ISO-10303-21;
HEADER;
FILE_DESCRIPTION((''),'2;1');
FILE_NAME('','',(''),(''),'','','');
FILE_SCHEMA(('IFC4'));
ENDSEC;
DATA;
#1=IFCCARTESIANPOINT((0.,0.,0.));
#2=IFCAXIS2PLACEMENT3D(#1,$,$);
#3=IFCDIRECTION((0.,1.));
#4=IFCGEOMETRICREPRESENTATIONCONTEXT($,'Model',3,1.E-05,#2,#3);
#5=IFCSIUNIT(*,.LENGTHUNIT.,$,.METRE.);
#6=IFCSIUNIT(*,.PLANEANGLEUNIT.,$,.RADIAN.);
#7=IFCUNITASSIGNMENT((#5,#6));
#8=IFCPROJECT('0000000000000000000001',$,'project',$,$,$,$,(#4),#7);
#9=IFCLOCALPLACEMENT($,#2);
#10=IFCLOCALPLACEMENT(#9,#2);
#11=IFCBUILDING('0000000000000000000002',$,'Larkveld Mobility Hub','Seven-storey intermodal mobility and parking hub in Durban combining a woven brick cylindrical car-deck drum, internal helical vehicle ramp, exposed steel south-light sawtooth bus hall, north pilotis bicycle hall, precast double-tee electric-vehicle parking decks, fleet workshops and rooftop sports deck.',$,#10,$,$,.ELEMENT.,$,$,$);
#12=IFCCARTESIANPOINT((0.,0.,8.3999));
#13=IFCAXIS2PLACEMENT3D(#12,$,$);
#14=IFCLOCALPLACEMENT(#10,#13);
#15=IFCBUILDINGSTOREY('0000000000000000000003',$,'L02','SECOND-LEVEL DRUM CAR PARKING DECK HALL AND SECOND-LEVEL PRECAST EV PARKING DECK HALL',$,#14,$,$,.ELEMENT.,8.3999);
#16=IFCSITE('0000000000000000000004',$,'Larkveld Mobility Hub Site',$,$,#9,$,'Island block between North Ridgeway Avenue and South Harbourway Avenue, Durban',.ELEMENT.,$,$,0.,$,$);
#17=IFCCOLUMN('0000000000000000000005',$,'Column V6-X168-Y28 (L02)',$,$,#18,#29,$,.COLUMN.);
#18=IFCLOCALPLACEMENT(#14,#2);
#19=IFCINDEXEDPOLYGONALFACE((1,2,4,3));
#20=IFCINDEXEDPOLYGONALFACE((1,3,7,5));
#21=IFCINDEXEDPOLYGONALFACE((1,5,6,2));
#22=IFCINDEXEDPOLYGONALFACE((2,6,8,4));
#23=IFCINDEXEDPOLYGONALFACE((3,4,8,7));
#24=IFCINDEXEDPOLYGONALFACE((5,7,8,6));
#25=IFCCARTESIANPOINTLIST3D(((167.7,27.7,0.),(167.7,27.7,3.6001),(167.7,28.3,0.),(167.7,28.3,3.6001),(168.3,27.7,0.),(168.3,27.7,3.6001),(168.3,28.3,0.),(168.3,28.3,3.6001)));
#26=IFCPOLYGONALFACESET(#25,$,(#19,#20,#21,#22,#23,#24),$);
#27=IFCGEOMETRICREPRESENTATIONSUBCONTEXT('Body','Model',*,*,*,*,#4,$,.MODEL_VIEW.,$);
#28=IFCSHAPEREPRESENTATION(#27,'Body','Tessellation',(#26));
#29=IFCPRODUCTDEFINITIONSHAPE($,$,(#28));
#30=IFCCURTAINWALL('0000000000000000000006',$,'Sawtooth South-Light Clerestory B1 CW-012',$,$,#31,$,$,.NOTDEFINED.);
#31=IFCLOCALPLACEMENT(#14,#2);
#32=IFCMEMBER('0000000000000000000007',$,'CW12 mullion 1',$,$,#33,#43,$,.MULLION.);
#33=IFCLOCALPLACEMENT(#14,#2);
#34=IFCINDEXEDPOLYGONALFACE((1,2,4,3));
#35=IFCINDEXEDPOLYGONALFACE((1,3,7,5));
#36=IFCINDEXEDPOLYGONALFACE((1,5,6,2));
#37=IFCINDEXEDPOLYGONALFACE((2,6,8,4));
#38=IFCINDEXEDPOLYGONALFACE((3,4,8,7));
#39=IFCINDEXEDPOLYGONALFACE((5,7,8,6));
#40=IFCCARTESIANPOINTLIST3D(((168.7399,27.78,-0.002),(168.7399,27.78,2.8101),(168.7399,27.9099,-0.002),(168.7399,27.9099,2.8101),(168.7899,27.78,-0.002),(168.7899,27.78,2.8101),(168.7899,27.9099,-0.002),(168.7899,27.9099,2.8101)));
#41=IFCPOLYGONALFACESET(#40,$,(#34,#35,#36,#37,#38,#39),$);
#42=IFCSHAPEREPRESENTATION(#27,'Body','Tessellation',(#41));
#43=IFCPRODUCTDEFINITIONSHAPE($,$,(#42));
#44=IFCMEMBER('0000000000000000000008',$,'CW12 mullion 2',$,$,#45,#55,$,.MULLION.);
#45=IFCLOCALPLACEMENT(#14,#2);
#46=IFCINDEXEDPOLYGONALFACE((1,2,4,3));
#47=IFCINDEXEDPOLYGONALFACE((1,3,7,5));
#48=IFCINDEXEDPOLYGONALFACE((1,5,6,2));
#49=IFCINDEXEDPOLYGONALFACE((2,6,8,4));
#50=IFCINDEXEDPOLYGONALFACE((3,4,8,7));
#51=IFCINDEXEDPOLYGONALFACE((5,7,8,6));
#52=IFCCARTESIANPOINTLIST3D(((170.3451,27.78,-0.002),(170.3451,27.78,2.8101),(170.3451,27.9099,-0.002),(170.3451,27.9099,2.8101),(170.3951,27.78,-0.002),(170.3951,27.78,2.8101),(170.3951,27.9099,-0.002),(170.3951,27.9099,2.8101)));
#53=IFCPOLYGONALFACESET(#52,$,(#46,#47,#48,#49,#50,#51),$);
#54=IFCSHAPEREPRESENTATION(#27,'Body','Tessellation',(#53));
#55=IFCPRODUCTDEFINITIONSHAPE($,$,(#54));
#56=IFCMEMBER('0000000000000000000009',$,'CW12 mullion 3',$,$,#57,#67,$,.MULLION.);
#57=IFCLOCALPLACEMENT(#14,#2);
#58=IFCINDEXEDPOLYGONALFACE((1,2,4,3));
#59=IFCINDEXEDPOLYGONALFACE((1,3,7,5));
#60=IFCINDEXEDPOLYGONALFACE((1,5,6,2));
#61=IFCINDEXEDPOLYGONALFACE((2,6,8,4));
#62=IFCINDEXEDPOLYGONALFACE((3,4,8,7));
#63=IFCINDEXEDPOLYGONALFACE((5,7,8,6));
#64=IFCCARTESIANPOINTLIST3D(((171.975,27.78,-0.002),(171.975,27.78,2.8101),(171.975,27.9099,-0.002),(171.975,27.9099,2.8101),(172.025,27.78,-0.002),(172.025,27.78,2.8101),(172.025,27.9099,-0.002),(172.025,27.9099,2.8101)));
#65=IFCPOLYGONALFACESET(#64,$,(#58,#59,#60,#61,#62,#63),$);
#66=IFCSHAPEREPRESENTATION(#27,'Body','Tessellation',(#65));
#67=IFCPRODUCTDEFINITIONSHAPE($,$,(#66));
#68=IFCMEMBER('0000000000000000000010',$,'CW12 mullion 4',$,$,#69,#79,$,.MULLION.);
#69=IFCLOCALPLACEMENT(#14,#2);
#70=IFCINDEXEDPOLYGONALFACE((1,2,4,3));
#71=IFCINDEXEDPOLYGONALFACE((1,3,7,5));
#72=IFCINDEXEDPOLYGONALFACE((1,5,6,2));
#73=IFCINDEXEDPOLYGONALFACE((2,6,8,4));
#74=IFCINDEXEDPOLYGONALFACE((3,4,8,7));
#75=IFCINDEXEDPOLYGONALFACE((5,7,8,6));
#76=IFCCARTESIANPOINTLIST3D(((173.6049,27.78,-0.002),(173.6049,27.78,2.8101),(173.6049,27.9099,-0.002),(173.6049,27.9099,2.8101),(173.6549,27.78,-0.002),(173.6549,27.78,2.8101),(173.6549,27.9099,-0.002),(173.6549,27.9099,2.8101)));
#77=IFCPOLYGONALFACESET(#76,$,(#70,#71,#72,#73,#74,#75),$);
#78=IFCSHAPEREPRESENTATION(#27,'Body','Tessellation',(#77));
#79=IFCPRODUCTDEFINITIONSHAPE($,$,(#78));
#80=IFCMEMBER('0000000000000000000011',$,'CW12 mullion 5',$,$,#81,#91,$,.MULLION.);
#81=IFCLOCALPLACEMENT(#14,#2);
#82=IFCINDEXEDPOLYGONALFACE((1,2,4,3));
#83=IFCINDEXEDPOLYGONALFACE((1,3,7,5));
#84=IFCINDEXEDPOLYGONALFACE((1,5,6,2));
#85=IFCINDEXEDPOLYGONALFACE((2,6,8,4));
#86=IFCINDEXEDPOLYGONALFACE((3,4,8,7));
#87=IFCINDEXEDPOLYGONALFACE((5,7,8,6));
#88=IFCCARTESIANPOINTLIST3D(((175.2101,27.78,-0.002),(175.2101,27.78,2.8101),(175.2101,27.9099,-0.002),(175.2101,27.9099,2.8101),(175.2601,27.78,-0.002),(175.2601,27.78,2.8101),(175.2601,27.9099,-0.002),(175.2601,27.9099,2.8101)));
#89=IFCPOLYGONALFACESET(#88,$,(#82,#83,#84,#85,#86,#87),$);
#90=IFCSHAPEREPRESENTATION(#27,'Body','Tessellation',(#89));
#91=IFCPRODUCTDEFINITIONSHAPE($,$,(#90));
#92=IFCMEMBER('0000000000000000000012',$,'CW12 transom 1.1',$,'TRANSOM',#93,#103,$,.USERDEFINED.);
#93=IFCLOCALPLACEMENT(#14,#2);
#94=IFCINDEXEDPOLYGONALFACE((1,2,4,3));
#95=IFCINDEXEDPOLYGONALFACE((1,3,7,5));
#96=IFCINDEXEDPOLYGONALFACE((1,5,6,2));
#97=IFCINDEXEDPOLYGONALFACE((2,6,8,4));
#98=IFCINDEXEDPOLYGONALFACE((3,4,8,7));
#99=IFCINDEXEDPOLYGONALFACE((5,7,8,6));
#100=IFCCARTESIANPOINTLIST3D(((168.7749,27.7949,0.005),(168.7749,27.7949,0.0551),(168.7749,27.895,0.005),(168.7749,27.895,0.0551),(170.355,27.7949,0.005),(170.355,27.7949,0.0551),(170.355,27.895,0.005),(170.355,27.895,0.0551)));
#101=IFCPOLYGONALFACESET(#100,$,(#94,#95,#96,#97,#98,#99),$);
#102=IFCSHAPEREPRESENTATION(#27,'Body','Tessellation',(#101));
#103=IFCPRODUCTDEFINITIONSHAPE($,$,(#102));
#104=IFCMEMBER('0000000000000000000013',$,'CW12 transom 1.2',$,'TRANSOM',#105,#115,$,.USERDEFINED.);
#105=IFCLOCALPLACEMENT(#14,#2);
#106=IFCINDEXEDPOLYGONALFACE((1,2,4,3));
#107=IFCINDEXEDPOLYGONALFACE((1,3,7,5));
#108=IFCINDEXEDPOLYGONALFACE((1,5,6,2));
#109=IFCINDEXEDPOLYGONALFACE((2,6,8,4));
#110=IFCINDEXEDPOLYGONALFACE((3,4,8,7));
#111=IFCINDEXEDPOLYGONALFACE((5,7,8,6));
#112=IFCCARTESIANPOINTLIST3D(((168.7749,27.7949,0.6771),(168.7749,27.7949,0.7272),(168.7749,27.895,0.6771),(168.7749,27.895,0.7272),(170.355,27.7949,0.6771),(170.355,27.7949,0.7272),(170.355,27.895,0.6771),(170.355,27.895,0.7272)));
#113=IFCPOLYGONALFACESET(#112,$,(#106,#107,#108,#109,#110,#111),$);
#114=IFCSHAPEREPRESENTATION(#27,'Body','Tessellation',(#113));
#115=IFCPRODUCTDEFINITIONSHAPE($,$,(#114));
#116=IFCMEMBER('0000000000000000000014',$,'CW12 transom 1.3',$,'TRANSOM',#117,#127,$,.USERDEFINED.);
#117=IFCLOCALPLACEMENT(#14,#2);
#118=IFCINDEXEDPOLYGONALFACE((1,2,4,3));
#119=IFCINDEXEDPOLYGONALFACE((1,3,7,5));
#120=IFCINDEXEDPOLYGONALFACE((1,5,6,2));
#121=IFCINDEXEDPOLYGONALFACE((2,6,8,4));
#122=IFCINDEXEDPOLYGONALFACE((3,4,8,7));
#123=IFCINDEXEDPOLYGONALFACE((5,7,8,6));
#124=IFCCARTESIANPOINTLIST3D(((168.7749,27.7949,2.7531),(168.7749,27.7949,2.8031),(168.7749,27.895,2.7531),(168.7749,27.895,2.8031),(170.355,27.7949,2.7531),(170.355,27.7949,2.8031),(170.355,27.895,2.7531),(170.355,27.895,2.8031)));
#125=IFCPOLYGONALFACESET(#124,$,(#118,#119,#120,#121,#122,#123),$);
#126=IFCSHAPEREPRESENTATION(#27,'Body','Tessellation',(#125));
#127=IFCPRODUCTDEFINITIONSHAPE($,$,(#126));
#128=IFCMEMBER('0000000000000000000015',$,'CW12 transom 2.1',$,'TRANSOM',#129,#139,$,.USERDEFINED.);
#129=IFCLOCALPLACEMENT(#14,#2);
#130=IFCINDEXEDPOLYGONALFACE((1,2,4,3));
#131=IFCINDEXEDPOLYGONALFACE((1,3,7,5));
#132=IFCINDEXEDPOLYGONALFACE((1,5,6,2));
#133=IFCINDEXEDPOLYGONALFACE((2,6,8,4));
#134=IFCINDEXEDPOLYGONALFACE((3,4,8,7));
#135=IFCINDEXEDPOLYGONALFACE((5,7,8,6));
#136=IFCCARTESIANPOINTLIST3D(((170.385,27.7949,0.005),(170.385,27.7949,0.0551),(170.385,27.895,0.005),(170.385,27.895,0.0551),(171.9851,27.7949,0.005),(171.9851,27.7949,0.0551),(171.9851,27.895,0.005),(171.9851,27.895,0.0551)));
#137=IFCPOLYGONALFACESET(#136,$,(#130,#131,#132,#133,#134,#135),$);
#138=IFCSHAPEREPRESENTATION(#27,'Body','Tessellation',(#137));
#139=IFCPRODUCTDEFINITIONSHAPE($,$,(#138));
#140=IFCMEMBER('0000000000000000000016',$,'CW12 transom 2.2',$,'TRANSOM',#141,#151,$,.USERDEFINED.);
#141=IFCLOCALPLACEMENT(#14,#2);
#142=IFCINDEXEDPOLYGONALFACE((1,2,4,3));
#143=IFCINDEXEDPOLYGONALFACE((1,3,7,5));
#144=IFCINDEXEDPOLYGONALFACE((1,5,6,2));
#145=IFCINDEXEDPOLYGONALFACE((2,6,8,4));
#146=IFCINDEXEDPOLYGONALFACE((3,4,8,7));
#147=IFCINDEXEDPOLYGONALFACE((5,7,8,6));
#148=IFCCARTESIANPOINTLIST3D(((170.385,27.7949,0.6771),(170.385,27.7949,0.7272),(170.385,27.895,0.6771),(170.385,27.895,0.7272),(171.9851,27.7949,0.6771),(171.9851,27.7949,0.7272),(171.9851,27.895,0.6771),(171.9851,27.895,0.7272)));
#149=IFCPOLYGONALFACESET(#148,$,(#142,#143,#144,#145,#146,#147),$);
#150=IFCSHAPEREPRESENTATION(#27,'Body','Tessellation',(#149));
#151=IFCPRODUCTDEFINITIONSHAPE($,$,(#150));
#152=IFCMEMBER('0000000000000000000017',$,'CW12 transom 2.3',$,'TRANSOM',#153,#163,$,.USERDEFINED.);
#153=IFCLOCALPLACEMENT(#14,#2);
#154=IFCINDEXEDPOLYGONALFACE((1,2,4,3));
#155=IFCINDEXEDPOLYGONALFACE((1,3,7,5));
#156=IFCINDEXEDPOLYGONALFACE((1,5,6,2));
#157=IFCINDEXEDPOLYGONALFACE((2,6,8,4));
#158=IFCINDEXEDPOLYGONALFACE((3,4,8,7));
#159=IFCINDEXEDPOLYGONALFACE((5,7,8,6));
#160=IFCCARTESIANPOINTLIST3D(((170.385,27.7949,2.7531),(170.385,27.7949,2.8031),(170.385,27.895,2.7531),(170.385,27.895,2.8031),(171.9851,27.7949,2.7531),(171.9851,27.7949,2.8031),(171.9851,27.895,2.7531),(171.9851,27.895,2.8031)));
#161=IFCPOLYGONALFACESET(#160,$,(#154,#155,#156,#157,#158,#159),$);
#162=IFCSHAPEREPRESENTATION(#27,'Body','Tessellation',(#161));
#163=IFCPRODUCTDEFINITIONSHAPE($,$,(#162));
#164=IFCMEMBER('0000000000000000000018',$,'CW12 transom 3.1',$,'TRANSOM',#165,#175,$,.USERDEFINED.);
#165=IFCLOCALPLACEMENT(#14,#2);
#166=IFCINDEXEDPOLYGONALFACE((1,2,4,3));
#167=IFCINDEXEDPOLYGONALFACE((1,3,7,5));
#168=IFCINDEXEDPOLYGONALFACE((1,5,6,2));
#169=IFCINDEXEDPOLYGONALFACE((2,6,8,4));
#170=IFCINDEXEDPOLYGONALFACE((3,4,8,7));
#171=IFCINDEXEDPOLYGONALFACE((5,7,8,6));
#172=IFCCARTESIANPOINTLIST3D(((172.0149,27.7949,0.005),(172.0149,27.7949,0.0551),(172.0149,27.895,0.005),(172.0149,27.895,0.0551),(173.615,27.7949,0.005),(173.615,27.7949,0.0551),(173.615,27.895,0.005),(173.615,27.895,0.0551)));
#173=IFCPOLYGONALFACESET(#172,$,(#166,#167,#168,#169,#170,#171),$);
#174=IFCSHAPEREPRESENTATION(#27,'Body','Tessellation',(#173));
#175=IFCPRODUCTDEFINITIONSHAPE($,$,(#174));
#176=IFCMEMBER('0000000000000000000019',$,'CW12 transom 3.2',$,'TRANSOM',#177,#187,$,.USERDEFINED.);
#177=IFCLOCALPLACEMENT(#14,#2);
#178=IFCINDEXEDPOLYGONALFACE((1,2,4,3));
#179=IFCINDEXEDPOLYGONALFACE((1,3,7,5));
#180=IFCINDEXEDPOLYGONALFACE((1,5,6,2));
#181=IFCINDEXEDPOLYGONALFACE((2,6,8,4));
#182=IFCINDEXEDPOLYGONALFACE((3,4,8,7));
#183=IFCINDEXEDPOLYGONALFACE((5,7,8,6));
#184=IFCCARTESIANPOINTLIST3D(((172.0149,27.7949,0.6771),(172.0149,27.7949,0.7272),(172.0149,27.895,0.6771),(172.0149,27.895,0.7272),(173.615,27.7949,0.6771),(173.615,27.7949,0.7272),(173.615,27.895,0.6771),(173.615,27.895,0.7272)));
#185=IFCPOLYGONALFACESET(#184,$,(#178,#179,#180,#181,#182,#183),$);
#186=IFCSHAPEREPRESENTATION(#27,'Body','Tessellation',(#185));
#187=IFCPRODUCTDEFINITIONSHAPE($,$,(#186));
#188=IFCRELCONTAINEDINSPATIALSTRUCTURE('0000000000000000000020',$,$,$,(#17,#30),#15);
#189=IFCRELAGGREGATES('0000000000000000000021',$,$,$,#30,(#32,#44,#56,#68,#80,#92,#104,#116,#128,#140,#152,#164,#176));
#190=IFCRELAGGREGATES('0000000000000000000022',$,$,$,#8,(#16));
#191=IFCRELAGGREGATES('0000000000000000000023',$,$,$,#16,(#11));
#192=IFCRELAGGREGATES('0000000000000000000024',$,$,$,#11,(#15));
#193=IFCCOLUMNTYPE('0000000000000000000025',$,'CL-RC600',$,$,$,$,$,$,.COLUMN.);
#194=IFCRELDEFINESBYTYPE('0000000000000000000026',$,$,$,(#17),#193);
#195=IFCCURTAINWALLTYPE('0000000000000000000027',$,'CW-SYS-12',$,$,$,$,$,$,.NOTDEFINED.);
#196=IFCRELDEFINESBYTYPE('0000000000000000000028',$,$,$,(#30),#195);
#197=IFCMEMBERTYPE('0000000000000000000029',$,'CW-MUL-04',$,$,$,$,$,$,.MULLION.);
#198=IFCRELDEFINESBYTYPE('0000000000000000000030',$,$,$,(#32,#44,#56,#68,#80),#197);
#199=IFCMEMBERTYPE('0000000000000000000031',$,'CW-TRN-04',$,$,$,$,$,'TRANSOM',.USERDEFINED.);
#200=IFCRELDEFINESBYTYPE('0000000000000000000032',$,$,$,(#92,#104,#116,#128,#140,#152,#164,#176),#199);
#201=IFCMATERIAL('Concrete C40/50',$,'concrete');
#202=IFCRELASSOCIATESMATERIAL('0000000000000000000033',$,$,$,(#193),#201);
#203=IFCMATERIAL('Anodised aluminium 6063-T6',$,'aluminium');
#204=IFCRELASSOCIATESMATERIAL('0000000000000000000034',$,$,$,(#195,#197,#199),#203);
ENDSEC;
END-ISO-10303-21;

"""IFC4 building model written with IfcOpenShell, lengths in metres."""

from ifc_helpers import new_model, si_unit, direction, frame, origin, origin_2d, place, context, subcontext, project, spatial, rectangle, extrude, material, material_profile, profile_set, type_object, element, aggregate, save


model = new_model("IFC4")

# Units and contexts
model_context = context("Model", 3, precision=1e-05, world=origin(), true_north=direction((0.0, 1.0)))
body_context = subcontext(model_context, "Body", "Model", "MODEL_VIEW")
ifc_project = project(units=[si_unit("LENGTHUNIT", "METRE"), si_unit("PLANEANGLEUNIT", "RADIAN")], contexts=[model_context])

# Site, building, storey
site_placement = place(None, origin())
site = spatial("IfcSite", under=ifc_project, at=site_placement, Name="Larkveld Mobility Hub Site", LongName="Island block between North Ridgeway Avenue and South Harbourway Avenue, Durban", CompositionType="ELEMENT", RefElevation=0.0)
building_placement = place(site_placement, origin())
building = spatial("IfcBuilding", under=site, at=building_placement, Name="Larkveld Mobility Hub", Description="Seven-storey intermodal mobility and parking hub in Durban combining a woven brick cylindrical car-deck drum, internal helical vehicle ramp, exposed steel south-light sawtooth bus hall, north pilotis bicycle hall, precast double-tee electric-vehicle parking decks, fleet workshops and rooftop sports deck.", CompositionType="ELEMENT")
storey_placement = place(building_placement, frame((0.0, 0.0, 8.3999)))
storey = spatial("IfcBuildingStorey", under=building, at=storey_placement, Name="L02", Description="SECOND-LEVEL DRUM CAR PARKING DECK HALL AND SECOND-LEVEL PRECAST EV PARKING DECK HALL", CompositionType="ELEMENT", Elevation=8.3999)

# Column
ifc_material_1 = material(Name="Concrete C40/50", Category="concrete")
ifc_material_profile_1 = material_profile(ifc_material_1, rectangle(XDim=0.6001, YDim=0.6001, at=origin_2d()), Name="RC COL 600x600")
ifc_profile_set_1 = profile_set([ifc_material_profile_1], Name="Concrete C40/50")
column_type = type_object("IfcColumnType", Name="CL-RC600", PredefinedType="COLUMN", material=ifc_profile_set_1)
column_placement = place(storey_placement, frame((168.0, 28.0, 0.0), z_axis=(0.0, 0.0, 1.0), x_axis=(1.0, 0.0, 0.0)))
element("IfcColumn", 1, at=column_placement, inside=storey, type_object=column_type, Name="Column V6-X168-Y28 (L02)", PredefinedType="COLUMN", context=body_context, shape_type="SweptSolid", body=[
    extrude(rectangle(XDim=0.6001, YDim=0.6001, at=origin_2d()), origin(), (0.0, 0.0, 1.0), 3.6001),
])

# Curtain wall, members
ifc_material_2 = material(Name="Anodised aluminium 6063-T6", Category="aluminium")
curtain_wall_type = type_object("IfcCurtainWallType", Name="CW-SYS-12", PredefinedType="NOTDEFINED", material=ifc_material_2)
curtain_wall_placement = place(storey_placement, origin())
curtain_wall = element("IfcCurtainWall", 2, at=curtain_wall_placement, inside=storey, type_object=curtain_wall_type, Name="Sawtooth South-Light Clerestory B1 CW-012", PredefinedType="NOTDEFINED")
ifc_material_profile_2 = material_profile(ifc_material_2, rectangle(XDim=0.05, YDim=0.1299, at=origin_2d()), Name="ALU MULL 50x130")
ifc_profile_set_2 = profile_set([ifc_material_profile_2], Name="Anodised aluminium 6063-T6")
member_type_1 = type_object("IfcMemberType", Name="CW-MUL-04", PredefinedType="MULLION", material=ifc_profile_set_2)
member_1_placement = place(storey_placement, frame((168.7649, 27.845, -0.002), z_axis=(0.0, 0.0, 1.0), x_axis=(1.0, 0.0, 0.0)))
member_1 = element("IfcMember", 3, at=member_1_placement, type_object=member_type_1, Name="CW12 mullion 1", PredefinedType="MULLION", context=body_context, shape_type="SweptSolid", body=[
    extrude(rectangle(XDim=0.05, YDim=0.1299, at=origin_2d()), origin(), (0.0, 0.0, 1.0), 2.812),
])
member_2_placement = place(storey_placement, frame((170.3701, 27.845, -0.002), z_axis=(0.0, 0.0, 1.0), x_axis=(1.0, 0.0, 0.0)))
member_2 = element("IfcMember", 4, at=member_2_placement, type_object=member_type_1, Name="CW12 mullion 2", PredefinedType="MULLION", context=body_context, shape_type="SweptSolid", body=[
    extrude(rectangle(XDim=0.05, YDim=0.1299, at=origin_2d()), origin(), (0.0, 0.0, 1.0), 2.812),
])
member_3_placement = place(storey_placement, frame((172.0, 27.845, -0.002), z_axis=(0.0, 0.0, 1.0), x_axis=(1.0, 0.0, 0.0)))
member_3 = element("IfcMember", 5, at=member_3_placement, type_object=member_type_1, Name="CW12 mullion 3", PredefinedType="MULLION", context=body_context, shape_type="SweptSolid", body=[
    extrude(rectangle(XDim=0.05, YDim=0.1299, at=origin_2d()), origin(), (0.0, 0.0, 1.0), 2.812),
])
member_4_placement = place(storey_placement, frame((173.6299, 27.845, -0.002), z_axis=(0.0, 0.0, 1.0), x_axis=(1.0, 0.0, 0.0)))
member_4 = element("IfcMember", 6, at=member_4_placement, type_object=member_type_1, Name="CW12 mullion 4", PredefinedType="MULLION", context=body_context, shape_type="SweptSolid", body=[
    extrude(rectangle(XDim=0.05, YDim=0.1299, at=origin_2d()), origin(), (0.0, 0.0, 1.0), 2.812),
])
member_5_placement = place(storey_placement, frame((175.2351, 27.845, -0.002), z_axis=(0.0, 0.0, 1.0), x_axis=(1.0, 0.0, 0.0)))
member_5 = element("IfcMember", 7, at=member_5_placement, type_object=member_type_1, Name="CW12 mullion 5", PredefinedType="MULLION", context=body_context, shape_type="SweptSolid", body=[
    extrude(rectangle(XDim=0.05, YDim=0.1299, at=origin_2d()), origin(), (0.0, 0.0, 1.0), 2.812),
])
ifc_material_profile_3 = material_profile(ifc_material_2, rectangle(XDim=0.1001, YDim=0.05, at=origin_2d()), Name="ALU TRAN 50x100")
ifc_profile_set_3 = profile_set([ifc_material_profile_3], Name="Anodised aluminium 6063-T6")
member_type_2 = type_object("IfcMemberType", Name="CW-TRN-04", ElementType="TRANSOM", PredefinedType="USERDEFINED", material=ifc_profile_set_3)
member_6_placement = place(storey_placement, frame((168.7749, 27.845, 0.03), z_axis=(1.0, 0.0, 0.0), x_axis=(0.0, 1.0, 0.0)))
member_6 = element("IfcMember", 8, at=member_6_placement, type_object=member_type_2, Name="CW12 transom 1.1", ObjectType="TRANSOM", PredefinedType="USERDEFINED", context=body_context, shape_type="SweptSolid", body=[
    extrude(rectangle(XDim=0.1001, YDim=0.05, at=origin_2d()), origin(), (0.0, 0.0, 1.0), 1.5801),
])
member_7_placement = place(storey_placement, frame((168.7749, 27.845, 0.7021), z_axis=(1.0, 0.0, 0.0), x_axis=(0.0, 1.0, 0.0)))
member_7 = element("IfcMember", 9, at=member_7_placement, type_object=member_type_2, Name="CW12 transom 1.2", ObjectType="TRANSOM", PredefinedType="USERDEFINED", context=body_context, shape_type="SweptSolid", body=[
    extrude(rectangle(XDim=0.1001, YDim=0.05, at=origin_2d()), origin(), (0.0, 0.0, 1.0), 1.5801),
])
member_8_placement = place(storey_placement, frame((168.7749, 27.845, 2.7781), z_axis=(1.0, 0.0, 0.0), x_axis=(0.0, 1.0, 0.0)))
member_8 = element("IfcMember", 10, at=member_8_placement, type_object=member_type_2, Name="CW12 transom 1.3", ObjectType="TRANSOM", PredefinedType="USERDEFINED", context=body_context, shape_type="SweptSolid", body=[
    extrude(rectangle(XDim=0.1001, YDim=0.05, at=origin_2d()), origin(), (0.0, 0.0, 1.0), 1.5801),
])
member_9_placement = place(storey_placement, frame((170.385, 27.845, 0.03), z_axis=(1.0, 0.0, 0.0), x_axis=(0.0, 1.0, 0.0)))
member_9 = element("IfcMember", 11, at=member_9_placement, type_object=member_type_2, Name="CW12 transom 2.1", ObjectType="TRANSOM", PredefinedType="USERDEFINED", context=body_context, shape_type="SweptSolid", body=[
    extrude(rectangle(XDim=0.1001, YDim=0.05, at=origin_2d()), origin(), (0.0, 0.0, 1.0), 1.6001),
])
member_10_placement = place(storey_placement, frame((170.385, 27.845, 0.7021), z_axis=(1.0, 0.0, 0.0), x_axis=(0.0, 1.0, 0.0)))
member_10 = element("IfcMember", 12, at=member_10_placement, type_object=member_type_2, Name="CW12 transom 2.2", ObjectType="TRANSOM", PredefinedType="USERDEFINED", context=body_context, shape_type="SweptSolid", body=[
    extrude(rectangle(XDim=0.1001, YDim=0.05, at=origin_2d()), origin(), (0.0, 0.0, 1.0), 1.6001),
])
member_11_placement = place(storey_placement, frame((170.385, 27.845, 2.7781), z_axis=(1.0, 0.0, 0.0), x_axis=(0.0, 1.0, 0.0)))
member_11 = element("IfcMember", 13, at=member_11_placement, type_object=member_type_2, Name="CW12 transom 2.3", ObjectType="TRANSOM", PredefinedType="USERDEFINED", context=body_context, shape_type="SweptSolid", body=[
    extrude(rectangle(XDim=0.1001, YDim=0.05, at=origin_2d()), origin(), (0.0, 0.0, 1.0), 1.6001),
])
member_12_placement = place(storey_placement, frame((172.0149, 27.845, 0.03), z_axis=(1.0, 0.0, 0.0), x_axis=(0.0, 1.0, 0.0)))
member_12 = element("IfcMember", 14, at=member_12_placement, type_object=member_type_2, Name="CW12 transom 3.1", ObjectType="TRANSOM", PredefinedType="USERDEFINED", context=body_context, shape_type="SweptSolid", body=[
    extrude(rectangle(XDim=0.1001, YDim=0.05, at=origin_2d()), origin(), (0.0, 0.0, 1.0), 1.6001),
])
member_13_placement = place(storey_placement, frame((172.0149, 27.845, 0.7021), z_axis=(1.0, 0.0, 0.0), x_axis=(0.0, 1.0, 0.0)))
member_13 = element("IfcMember", 15, at=member_13_placement, type_object=member_type_2, Name="CW12 transom 3.2", ObjectType="TRANSOM", PredefinedType="USERDEFINED", context=body_context, shape_type="SweptSolid", body=[
    extrude(rectangle(XDim=0.1001, YDim=0.05, at=origin_2d()), origin(), (0.0, 0.0, 1.0), 1.6001),
])
aggregate(curtain_wall, [member_1, member_2, member_3, member_4, member_5, member_6, member_7, member_8, member_9, member_10, member_11, member_12, member_13])

save(model, "model.ifc")
